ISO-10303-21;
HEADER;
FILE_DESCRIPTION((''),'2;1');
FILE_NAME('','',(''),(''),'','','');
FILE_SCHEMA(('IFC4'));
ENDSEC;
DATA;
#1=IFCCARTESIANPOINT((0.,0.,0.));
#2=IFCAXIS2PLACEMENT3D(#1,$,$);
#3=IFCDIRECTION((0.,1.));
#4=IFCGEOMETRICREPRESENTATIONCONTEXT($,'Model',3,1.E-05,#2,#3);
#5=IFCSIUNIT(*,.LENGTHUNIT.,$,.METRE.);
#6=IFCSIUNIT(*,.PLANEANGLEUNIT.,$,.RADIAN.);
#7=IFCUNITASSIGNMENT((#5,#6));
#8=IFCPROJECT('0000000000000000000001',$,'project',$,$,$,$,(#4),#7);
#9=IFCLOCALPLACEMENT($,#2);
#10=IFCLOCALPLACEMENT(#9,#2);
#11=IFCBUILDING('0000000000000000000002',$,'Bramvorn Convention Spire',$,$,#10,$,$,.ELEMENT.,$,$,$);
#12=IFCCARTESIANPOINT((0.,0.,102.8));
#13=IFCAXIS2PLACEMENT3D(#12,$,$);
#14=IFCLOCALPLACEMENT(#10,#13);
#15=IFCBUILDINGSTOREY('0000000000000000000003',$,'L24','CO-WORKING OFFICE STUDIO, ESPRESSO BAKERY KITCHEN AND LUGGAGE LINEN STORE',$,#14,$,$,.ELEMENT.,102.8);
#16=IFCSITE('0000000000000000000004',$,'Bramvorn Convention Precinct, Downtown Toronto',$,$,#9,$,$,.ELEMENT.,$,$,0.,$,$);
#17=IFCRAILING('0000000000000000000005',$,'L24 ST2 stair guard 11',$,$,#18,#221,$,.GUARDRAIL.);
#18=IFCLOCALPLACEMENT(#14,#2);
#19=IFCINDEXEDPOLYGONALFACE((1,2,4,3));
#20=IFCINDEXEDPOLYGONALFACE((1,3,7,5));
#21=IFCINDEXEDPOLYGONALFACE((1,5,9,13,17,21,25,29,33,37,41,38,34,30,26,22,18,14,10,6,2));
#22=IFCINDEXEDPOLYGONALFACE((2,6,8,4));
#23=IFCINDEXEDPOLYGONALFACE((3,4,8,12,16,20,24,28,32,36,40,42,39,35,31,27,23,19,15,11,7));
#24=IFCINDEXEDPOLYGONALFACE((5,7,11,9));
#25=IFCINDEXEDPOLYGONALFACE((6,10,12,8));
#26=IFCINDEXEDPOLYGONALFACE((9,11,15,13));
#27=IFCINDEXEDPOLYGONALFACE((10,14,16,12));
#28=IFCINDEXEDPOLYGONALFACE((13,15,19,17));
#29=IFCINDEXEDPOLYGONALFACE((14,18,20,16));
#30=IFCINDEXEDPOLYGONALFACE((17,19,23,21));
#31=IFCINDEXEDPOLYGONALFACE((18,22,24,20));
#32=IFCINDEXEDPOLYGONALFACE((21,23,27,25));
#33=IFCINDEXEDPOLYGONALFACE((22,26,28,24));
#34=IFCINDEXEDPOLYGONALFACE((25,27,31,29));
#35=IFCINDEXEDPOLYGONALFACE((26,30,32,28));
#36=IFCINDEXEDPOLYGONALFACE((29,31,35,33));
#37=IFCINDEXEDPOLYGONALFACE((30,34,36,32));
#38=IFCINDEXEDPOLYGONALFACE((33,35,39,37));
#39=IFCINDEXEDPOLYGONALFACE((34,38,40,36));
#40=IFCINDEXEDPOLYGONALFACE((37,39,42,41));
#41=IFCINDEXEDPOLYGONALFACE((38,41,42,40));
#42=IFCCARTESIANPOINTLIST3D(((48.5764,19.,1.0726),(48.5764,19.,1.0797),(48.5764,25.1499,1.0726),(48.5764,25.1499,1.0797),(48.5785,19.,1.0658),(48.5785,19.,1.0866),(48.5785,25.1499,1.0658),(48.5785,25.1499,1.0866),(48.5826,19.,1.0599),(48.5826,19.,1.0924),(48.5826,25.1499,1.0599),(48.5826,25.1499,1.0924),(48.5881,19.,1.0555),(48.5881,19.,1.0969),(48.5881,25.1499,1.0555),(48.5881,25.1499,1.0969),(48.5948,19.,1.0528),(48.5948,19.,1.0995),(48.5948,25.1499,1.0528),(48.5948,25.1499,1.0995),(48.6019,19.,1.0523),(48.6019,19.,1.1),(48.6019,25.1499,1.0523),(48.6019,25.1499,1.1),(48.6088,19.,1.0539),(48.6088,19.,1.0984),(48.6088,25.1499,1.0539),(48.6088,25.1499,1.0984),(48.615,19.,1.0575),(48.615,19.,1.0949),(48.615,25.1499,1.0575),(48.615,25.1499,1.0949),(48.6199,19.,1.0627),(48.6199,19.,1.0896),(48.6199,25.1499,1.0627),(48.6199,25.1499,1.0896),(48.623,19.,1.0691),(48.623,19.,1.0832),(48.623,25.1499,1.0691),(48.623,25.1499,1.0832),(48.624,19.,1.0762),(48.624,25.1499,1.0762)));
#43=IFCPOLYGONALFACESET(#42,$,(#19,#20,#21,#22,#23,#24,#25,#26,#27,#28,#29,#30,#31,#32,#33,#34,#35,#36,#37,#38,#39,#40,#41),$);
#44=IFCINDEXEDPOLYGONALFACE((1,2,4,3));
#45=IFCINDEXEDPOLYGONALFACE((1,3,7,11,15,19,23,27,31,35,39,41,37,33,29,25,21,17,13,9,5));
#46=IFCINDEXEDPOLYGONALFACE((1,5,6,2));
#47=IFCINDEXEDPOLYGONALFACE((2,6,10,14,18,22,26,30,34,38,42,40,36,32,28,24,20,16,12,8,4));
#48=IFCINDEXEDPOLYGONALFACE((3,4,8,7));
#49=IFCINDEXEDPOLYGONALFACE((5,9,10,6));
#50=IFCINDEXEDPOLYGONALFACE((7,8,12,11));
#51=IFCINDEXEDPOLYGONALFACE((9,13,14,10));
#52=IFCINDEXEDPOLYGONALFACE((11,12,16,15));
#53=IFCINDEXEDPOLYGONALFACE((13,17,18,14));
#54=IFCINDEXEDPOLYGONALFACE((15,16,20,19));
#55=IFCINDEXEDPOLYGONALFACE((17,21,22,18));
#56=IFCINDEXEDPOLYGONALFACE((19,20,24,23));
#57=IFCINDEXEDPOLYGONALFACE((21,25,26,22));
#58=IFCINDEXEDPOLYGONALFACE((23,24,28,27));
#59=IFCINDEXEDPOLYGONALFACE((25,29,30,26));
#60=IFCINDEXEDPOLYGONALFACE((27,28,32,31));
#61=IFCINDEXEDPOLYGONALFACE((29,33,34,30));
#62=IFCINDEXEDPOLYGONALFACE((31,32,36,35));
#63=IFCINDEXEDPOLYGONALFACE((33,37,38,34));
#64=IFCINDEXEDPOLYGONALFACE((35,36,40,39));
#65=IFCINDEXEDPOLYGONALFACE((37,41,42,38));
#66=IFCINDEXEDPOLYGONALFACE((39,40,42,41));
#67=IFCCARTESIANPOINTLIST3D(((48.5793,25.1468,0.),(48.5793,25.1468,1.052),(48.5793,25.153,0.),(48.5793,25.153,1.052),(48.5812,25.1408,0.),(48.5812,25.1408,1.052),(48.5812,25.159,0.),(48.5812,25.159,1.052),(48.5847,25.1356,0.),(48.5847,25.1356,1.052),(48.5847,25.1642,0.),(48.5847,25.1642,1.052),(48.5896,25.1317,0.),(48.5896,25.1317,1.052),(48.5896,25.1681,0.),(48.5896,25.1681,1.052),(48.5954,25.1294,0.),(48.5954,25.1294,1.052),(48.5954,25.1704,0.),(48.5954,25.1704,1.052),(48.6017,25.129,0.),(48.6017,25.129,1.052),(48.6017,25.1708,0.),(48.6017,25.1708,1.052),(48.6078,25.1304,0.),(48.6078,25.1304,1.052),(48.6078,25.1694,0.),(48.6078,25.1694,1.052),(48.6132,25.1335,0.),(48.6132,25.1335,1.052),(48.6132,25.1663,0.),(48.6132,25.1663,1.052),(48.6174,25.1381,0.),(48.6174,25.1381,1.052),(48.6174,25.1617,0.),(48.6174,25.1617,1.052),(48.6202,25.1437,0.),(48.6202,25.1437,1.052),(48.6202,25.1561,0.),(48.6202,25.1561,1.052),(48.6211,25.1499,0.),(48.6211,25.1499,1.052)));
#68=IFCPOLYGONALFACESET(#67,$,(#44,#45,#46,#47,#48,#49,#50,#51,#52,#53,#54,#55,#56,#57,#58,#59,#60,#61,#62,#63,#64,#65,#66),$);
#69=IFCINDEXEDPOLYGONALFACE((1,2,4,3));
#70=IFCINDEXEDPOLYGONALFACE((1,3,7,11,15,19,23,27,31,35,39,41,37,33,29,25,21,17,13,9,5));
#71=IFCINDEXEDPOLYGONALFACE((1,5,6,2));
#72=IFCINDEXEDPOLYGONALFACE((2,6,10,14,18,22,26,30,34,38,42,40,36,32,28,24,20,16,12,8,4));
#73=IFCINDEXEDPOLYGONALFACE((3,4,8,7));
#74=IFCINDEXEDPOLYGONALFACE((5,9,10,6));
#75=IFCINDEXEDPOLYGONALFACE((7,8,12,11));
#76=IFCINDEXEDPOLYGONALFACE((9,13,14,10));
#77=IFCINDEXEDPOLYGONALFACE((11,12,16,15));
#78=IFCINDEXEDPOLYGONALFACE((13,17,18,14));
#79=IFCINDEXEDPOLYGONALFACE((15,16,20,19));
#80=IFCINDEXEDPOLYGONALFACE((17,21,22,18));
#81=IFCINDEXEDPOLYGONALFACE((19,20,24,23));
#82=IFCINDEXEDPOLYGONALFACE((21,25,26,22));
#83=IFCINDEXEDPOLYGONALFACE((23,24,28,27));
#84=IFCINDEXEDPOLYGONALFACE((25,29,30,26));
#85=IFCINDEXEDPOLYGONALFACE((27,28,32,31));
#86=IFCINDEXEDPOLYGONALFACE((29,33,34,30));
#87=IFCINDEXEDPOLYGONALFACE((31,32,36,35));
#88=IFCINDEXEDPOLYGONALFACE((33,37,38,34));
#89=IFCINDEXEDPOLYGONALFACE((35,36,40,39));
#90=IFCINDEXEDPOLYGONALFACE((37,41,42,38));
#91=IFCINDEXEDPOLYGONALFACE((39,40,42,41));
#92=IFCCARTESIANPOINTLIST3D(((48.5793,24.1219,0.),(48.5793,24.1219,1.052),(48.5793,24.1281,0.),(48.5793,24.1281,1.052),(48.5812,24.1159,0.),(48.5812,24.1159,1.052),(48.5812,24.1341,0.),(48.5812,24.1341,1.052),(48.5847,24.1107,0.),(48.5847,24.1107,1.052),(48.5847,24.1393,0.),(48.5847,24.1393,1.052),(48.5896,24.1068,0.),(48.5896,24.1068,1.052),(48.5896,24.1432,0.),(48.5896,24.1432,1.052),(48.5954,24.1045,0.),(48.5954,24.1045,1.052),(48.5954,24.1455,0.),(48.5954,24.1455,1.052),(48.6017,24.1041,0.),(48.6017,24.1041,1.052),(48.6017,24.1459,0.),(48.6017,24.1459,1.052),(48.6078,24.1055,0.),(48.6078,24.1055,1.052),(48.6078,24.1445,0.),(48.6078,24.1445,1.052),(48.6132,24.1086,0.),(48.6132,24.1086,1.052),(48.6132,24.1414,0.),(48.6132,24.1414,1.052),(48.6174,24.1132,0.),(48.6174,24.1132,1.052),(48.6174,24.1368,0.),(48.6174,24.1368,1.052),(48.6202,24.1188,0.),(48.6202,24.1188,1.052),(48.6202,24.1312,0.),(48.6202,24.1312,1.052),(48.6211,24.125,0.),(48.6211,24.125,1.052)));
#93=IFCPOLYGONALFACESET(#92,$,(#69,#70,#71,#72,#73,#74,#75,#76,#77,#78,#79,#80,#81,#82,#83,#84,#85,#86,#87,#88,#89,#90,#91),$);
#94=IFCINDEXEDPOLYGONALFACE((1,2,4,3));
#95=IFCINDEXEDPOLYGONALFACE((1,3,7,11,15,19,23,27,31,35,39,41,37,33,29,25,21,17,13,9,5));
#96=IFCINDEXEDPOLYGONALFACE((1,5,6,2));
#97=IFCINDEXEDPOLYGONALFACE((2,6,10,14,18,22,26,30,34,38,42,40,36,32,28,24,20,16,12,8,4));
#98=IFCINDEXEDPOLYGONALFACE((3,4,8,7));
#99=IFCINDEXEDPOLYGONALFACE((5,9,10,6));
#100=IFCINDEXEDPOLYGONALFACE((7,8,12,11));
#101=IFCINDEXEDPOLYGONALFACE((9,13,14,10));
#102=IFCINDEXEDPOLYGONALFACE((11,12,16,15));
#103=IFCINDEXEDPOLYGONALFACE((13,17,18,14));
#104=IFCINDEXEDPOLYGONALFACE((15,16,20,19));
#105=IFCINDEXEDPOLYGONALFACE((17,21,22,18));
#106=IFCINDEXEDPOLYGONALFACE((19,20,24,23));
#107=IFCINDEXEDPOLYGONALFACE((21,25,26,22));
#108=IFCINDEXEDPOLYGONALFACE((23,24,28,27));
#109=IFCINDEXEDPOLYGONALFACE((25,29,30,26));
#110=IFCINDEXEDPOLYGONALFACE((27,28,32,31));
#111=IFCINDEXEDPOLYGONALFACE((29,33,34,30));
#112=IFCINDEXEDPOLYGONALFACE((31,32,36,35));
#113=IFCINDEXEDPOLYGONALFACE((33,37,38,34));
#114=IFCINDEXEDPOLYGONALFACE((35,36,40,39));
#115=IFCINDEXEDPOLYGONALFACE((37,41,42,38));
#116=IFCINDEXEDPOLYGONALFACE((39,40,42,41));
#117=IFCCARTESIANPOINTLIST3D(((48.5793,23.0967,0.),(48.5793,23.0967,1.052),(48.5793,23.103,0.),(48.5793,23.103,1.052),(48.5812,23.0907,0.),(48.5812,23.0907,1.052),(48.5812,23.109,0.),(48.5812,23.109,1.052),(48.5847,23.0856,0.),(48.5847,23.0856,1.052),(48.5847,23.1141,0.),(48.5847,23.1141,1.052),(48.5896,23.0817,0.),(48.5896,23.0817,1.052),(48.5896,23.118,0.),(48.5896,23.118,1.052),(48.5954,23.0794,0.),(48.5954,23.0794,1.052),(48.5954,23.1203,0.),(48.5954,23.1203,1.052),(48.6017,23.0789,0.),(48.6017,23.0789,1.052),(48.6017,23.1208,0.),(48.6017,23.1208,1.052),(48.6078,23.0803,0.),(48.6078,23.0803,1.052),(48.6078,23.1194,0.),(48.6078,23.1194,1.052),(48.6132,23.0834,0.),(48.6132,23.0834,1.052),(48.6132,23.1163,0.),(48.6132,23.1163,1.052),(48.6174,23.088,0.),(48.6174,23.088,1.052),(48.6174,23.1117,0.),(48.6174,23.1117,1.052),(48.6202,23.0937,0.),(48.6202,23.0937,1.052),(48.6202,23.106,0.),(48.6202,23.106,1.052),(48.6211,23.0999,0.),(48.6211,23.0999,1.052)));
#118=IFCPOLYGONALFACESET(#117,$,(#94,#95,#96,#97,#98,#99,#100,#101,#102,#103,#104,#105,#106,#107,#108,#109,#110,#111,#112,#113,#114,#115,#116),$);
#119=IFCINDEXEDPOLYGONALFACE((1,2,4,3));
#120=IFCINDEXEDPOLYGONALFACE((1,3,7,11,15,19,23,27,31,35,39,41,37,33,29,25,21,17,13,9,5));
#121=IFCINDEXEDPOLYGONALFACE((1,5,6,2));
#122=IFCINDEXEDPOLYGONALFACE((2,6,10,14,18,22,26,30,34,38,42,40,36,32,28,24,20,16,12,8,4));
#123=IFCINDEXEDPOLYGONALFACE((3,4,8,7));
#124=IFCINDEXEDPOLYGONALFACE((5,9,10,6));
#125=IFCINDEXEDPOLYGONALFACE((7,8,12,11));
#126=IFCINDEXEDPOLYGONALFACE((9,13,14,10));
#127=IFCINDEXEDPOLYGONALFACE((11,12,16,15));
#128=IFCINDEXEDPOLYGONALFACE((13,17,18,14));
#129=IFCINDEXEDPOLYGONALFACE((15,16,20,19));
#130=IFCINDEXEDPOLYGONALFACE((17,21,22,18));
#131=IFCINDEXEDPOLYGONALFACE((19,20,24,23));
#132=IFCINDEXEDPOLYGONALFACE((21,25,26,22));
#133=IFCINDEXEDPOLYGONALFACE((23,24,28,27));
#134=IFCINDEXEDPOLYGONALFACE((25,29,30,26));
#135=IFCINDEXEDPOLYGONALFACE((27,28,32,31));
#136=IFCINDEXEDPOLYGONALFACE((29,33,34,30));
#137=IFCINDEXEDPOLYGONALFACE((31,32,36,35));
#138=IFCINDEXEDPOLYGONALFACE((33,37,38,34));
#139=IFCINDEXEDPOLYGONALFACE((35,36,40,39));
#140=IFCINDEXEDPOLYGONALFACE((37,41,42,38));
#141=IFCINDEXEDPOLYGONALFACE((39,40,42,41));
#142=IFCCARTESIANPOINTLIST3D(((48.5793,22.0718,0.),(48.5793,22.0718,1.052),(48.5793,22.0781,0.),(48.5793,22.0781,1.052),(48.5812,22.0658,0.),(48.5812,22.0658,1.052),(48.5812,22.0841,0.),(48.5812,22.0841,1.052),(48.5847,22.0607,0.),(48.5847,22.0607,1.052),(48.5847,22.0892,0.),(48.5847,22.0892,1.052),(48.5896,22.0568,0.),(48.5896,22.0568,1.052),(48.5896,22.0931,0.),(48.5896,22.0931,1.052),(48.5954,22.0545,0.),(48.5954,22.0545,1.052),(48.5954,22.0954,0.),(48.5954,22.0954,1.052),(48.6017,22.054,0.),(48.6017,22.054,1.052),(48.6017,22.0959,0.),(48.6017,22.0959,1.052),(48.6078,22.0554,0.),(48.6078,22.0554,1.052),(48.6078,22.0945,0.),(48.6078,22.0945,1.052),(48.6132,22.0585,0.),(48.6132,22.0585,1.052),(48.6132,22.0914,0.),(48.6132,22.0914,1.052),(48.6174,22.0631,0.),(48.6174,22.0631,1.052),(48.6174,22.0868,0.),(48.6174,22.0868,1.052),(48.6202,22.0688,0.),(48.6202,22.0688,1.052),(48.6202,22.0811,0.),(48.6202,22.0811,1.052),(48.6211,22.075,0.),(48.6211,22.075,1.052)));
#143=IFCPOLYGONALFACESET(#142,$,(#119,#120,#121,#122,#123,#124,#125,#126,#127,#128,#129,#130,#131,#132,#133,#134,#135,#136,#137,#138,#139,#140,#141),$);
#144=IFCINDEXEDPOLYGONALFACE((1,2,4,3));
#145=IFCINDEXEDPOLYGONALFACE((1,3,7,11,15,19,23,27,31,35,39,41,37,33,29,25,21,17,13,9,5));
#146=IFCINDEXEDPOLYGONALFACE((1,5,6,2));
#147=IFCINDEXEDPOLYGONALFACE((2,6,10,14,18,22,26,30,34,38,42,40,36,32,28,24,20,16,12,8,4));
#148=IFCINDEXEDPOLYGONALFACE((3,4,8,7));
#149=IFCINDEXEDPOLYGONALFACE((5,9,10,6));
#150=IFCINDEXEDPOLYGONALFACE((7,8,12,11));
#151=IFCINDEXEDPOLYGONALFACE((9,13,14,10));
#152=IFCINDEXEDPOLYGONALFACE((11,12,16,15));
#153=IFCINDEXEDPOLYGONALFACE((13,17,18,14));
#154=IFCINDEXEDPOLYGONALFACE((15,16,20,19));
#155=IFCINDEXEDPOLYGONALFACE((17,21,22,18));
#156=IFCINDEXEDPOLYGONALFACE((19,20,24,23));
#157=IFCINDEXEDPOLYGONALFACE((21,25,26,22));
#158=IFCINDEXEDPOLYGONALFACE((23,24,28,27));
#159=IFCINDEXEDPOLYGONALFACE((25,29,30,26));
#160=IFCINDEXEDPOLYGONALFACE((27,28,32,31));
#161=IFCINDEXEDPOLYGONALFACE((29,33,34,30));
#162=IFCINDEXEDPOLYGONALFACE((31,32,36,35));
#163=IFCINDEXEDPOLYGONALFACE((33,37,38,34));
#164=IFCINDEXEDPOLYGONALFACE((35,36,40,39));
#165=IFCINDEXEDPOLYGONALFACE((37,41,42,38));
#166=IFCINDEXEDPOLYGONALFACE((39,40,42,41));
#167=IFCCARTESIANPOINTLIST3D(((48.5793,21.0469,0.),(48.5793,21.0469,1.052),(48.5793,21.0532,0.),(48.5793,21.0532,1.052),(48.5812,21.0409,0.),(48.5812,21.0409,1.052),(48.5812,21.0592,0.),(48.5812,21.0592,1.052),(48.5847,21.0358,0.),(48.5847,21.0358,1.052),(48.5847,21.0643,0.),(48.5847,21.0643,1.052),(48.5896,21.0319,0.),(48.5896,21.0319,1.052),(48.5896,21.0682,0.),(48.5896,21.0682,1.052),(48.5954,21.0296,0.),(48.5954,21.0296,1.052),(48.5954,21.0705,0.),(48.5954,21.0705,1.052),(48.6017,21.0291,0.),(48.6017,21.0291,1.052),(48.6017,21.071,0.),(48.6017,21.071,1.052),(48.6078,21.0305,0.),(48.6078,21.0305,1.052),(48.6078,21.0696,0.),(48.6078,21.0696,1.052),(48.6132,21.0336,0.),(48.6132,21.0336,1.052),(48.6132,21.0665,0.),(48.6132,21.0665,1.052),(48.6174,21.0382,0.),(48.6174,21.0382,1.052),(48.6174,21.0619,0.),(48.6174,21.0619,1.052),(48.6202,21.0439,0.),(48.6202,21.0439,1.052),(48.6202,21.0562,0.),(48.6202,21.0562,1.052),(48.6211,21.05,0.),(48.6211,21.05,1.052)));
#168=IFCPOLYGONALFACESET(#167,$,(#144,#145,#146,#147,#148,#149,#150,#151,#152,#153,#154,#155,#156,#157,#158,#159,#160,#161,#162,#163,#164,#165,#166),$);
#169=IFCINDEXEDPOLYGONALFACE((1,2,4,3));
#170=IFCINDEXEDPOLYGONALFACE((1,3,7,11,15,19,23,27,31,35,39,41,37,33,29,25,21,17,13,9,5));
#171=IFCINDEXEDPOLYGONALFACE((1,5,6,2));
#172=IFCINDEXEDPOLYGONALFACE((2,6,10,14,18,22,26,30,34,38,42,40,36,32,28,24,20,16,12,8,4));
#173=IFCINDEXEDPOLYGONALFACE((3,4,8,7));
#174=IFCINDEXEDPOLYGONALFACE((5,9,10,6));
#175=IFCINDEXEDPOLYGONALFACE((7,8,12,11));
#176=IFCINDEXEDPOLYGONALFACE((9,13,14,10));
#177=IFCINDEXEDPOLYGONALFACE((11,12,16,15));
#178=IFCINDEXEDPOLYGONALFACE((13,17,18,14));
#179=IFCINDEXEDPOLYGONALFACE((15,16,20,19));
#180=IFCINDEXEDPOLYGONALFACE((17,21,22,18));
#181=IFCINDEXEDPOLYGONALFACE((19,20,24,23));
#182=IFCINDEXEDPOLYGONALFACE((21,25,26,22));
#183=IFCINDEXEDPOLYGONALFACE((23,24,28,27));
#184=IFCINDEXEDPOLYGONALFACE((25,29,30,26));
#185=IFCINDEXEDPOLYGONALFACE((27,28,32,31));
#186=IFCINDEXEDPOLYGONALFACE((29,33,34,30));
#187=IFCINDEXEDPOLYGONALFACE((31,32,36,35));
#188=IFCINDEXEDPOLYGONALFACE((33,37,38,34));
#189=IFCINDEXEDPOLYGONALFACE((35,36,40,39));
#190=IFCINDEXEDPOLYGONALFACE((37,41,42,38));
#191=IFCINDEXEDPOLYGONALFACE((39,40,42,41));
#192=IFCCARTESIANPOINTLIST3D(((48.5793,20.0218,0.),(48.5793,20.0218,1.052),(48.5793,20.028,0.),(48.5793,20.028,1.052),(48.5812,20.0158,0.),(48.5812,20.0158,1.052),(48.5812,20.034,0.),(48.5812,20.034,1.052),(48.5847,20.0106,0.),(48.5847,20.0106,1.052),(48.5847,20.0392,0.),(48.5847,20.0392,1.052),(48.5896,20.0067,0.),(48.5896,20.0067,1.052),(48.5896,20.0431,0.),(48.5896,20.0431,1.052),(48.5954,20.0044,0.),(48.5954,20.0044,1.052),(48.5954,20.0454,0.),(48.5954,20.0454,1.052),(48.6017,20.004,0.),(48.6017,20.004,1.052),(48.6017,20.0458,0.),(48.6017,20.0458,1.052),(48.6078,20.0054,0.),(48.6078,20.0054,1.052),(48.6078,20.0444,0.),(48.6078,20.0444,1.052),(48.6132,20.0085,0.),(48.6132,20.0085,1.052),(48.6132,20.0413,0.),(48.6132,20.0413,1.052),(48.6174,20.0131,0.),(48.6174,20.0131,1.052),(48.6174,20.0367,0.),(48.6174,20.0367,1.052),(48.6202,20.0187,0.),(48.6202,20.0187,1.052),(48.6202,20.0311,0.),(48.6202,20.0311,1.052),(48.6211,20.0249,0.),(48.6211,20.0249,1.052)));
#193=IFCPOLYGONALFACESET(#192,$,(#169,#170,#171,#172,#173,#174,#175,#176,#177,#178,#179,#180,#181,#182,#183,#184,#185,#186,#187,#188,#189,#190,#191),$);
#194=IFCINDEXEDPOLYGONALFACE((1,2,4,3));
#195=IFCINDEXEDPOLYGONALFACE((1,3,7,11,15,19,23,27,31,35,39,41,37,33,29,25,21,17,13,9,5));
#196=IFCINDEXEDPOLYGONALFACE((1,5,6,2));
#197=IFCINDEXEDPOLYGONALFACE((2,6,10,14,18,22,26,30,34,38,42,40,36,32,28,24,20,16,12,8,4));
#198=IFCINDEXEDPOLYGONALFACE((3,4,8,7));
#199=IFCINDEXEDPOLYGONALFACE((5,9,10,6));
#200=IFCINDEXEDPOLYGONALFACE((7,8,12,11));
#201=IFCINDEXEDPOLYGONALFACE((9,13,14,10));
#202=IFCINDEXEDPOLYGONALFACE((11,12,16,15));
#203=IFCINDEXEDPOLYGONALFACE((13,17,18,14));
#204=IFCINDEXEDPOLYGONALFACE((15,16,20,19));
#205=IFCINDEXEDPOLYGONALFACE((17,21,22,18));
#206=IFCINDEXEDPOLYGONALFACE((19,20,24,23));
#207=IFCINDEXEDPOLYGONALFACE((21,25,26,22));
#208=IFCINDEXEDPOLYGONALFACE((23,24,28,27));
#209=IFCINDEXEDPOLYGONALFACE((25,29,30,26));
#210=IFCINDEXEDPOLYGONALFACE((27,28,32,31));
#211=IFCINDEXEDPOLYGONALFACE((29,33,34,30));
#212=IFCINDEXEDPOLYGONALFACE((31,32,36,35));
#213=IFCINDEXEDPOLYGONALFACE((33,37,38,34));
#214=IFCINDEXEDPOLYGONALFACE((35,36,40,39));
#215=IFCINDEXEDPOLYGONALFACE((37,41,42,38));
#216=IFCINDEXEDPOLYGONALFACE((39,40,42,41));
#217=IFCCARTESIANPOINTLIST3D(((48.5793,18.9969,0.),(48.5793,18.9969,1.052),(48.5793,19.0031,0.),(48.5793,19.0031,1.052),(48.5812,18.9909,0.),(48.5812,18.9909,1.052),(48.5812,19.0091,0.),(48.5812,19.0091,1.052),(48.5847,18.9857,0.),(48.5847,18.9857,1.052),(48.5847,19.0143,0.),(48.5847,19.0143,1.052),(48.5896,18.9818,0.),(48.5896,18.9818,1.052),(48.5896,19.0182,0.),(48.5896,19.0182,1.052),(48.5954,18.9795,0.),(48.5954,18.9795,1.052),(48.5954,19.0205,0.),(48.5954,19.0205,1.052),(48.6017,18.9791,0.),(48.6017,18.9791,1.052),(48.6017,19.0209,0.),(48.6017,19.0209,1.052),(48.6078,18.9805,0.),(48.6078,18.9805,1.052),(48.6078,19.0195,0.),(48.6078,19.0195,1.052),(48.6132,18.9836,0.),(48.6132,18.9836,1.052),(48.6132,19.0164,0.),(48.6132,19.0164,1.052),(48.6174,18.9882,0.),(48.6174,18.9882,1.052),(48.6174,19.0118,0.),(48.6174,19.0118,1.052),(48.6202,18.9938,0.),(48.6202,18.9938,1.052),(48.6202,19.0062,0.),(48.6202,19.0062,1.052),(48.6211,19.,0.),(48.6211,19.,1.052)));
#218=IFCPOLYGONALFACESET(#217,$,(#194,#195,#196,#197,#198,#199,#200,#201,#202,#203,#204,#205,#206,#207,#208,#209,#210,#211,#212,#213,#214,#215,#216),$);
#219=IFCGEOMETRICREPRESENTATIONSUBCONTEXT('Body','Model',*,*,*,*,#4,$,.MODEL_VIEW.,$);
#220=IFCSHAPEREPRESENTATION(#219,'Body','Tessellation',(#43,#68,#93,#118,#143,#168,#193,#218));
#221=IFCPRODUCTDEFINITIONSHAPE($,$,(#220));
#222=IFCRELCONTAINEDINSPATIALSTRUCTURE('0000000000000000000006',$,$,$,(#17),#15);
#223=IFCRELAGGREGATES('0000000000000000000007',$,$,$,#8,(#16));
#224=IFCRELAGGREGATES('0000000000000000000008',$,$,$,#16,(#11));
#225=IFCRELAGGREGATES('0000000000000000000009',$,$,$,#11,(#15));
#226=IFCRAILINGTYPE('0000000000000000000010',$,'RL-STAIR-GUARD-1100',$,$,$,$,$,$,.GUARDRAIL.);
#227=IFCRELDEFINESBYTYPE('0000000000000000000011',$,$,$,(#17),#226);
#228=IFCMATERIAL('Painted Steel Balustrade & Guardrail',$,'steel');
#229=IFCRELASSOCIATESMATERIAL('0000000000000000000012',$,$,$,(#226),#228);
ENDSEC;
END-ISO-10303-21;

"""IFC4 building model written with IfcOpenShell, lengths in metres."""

from ifc_helpers import new_model, si_unit, direction, frame, origin, origin_2d, place, context, subcontext, project, spatial, circle, extrude, material, type_object, element, save


model = new_model("IFC4")

# Units and contexts
model_context = context("Model", 3, precision=1e-05, world=origin(), true_north=direction((0.0, 1.0)))
body_context = subcontext(model_context, "Body", "Model", "MODEL_VIEW")
ifc_project = project(units=[si_unit("LENGTHUNIT", "METRE"), si_unit("PLANEANGLEUNIT", "RADIAN")], contexts=[model_context])

# Site, building, storey
site_placement = place(None, origin())
site = spatial("IfcSite", under=ifc_project, at=site_placement, Name="Bramvorn Convention Precinct, Downtown Toronto", CompositionType="ELEMENT", RefElevation=0.0)
building_placement = place(site_placement, origin())
building = spatial("IfcBuilding", under=site, at=building_placement, Name="Bramvorn Convention Spire", CompositionType="ELEMENT")
storey_placement = place(building_placement, frame((0.0, 0.0, 102.8)))
storey = spatial("IfcBuildingStorey", under=building, at=storey_placement, Name="L24", Description="CO-WORKING OFFICE STUDIO, ESPRESSO BAKERY KITCHEN AND LUGGAGE LINEN STORE", CompositionType="ELEMENT", Elevation=102.8)

# Railing
ifc_material_1 = material(Name="Painted Steel Balustrade & Guardrail", Category="steel")
railing_type_1 = type_object("IfcRailingType", Name="RL-STAIR-GUARD-1100", PredefinedType="GUARDRAIL", material=ifc_material_1)
railing_1_placement = place(storey_placement, frame((48.6001, 25.1499, 0.0)))
element("IfcRailing", 1, at=railing_1_placement, inside=storey, type_object=railing_type_1, Name="L24 ST2 stair guard 11", PredefinedType="GUARDRAIL", context=body_context, shape_type="SweptSolid", body=[
    extrude(circle(Radius=0.0239, at=origin_2d()), frame((0.0, 0.0, 1.0762), z_axis=(0.0, -1.0, 0.0), x_axis=(1.0, 0.0, 0.0)), (0.0, 0.0, 1.0), 6.1499),
    extrude(circle(Radius=0.021, at=origin_2d()), origin(), (0.0, 0.0, 1.0), 1.052),
    extrude(circle(Radius=0.021, at=origin_2d()), frame((0.0, -1.0249, 0.0)), (0.0, 0.0, 1.0), 1.052),
    extrude(circle(Radius=0.021, at=origin_2d()), frame((0.0, -2.05, 0.0)), (0.0, 0.0, 1.0), 1.052),
    extrude(circle(Radius=0.021, at=origin_2d()), frame((0.0, -3.075, 0.0)), (0.0, 0.0, 1.0), 1.052),
    extrude(circle(Radius=0.021, at=origin_2d()), frame((0.0, -4.0999, 0.0)), (0.0, 0.0, 1.0), 1.052),
    extrude(circle(Radius=0.021, at=origin_2d()), frame((0.0, -5.125, 0.0)), (0.0, 0.0, 1.0), 1.052),
    extrude(circle(Radius=0.021, at=origin_2d()), frame((0.0, -6.1499, 0.0)), (0.0, 0.0, 1.0), 1.052),
])

save(model, "model.ifc")
